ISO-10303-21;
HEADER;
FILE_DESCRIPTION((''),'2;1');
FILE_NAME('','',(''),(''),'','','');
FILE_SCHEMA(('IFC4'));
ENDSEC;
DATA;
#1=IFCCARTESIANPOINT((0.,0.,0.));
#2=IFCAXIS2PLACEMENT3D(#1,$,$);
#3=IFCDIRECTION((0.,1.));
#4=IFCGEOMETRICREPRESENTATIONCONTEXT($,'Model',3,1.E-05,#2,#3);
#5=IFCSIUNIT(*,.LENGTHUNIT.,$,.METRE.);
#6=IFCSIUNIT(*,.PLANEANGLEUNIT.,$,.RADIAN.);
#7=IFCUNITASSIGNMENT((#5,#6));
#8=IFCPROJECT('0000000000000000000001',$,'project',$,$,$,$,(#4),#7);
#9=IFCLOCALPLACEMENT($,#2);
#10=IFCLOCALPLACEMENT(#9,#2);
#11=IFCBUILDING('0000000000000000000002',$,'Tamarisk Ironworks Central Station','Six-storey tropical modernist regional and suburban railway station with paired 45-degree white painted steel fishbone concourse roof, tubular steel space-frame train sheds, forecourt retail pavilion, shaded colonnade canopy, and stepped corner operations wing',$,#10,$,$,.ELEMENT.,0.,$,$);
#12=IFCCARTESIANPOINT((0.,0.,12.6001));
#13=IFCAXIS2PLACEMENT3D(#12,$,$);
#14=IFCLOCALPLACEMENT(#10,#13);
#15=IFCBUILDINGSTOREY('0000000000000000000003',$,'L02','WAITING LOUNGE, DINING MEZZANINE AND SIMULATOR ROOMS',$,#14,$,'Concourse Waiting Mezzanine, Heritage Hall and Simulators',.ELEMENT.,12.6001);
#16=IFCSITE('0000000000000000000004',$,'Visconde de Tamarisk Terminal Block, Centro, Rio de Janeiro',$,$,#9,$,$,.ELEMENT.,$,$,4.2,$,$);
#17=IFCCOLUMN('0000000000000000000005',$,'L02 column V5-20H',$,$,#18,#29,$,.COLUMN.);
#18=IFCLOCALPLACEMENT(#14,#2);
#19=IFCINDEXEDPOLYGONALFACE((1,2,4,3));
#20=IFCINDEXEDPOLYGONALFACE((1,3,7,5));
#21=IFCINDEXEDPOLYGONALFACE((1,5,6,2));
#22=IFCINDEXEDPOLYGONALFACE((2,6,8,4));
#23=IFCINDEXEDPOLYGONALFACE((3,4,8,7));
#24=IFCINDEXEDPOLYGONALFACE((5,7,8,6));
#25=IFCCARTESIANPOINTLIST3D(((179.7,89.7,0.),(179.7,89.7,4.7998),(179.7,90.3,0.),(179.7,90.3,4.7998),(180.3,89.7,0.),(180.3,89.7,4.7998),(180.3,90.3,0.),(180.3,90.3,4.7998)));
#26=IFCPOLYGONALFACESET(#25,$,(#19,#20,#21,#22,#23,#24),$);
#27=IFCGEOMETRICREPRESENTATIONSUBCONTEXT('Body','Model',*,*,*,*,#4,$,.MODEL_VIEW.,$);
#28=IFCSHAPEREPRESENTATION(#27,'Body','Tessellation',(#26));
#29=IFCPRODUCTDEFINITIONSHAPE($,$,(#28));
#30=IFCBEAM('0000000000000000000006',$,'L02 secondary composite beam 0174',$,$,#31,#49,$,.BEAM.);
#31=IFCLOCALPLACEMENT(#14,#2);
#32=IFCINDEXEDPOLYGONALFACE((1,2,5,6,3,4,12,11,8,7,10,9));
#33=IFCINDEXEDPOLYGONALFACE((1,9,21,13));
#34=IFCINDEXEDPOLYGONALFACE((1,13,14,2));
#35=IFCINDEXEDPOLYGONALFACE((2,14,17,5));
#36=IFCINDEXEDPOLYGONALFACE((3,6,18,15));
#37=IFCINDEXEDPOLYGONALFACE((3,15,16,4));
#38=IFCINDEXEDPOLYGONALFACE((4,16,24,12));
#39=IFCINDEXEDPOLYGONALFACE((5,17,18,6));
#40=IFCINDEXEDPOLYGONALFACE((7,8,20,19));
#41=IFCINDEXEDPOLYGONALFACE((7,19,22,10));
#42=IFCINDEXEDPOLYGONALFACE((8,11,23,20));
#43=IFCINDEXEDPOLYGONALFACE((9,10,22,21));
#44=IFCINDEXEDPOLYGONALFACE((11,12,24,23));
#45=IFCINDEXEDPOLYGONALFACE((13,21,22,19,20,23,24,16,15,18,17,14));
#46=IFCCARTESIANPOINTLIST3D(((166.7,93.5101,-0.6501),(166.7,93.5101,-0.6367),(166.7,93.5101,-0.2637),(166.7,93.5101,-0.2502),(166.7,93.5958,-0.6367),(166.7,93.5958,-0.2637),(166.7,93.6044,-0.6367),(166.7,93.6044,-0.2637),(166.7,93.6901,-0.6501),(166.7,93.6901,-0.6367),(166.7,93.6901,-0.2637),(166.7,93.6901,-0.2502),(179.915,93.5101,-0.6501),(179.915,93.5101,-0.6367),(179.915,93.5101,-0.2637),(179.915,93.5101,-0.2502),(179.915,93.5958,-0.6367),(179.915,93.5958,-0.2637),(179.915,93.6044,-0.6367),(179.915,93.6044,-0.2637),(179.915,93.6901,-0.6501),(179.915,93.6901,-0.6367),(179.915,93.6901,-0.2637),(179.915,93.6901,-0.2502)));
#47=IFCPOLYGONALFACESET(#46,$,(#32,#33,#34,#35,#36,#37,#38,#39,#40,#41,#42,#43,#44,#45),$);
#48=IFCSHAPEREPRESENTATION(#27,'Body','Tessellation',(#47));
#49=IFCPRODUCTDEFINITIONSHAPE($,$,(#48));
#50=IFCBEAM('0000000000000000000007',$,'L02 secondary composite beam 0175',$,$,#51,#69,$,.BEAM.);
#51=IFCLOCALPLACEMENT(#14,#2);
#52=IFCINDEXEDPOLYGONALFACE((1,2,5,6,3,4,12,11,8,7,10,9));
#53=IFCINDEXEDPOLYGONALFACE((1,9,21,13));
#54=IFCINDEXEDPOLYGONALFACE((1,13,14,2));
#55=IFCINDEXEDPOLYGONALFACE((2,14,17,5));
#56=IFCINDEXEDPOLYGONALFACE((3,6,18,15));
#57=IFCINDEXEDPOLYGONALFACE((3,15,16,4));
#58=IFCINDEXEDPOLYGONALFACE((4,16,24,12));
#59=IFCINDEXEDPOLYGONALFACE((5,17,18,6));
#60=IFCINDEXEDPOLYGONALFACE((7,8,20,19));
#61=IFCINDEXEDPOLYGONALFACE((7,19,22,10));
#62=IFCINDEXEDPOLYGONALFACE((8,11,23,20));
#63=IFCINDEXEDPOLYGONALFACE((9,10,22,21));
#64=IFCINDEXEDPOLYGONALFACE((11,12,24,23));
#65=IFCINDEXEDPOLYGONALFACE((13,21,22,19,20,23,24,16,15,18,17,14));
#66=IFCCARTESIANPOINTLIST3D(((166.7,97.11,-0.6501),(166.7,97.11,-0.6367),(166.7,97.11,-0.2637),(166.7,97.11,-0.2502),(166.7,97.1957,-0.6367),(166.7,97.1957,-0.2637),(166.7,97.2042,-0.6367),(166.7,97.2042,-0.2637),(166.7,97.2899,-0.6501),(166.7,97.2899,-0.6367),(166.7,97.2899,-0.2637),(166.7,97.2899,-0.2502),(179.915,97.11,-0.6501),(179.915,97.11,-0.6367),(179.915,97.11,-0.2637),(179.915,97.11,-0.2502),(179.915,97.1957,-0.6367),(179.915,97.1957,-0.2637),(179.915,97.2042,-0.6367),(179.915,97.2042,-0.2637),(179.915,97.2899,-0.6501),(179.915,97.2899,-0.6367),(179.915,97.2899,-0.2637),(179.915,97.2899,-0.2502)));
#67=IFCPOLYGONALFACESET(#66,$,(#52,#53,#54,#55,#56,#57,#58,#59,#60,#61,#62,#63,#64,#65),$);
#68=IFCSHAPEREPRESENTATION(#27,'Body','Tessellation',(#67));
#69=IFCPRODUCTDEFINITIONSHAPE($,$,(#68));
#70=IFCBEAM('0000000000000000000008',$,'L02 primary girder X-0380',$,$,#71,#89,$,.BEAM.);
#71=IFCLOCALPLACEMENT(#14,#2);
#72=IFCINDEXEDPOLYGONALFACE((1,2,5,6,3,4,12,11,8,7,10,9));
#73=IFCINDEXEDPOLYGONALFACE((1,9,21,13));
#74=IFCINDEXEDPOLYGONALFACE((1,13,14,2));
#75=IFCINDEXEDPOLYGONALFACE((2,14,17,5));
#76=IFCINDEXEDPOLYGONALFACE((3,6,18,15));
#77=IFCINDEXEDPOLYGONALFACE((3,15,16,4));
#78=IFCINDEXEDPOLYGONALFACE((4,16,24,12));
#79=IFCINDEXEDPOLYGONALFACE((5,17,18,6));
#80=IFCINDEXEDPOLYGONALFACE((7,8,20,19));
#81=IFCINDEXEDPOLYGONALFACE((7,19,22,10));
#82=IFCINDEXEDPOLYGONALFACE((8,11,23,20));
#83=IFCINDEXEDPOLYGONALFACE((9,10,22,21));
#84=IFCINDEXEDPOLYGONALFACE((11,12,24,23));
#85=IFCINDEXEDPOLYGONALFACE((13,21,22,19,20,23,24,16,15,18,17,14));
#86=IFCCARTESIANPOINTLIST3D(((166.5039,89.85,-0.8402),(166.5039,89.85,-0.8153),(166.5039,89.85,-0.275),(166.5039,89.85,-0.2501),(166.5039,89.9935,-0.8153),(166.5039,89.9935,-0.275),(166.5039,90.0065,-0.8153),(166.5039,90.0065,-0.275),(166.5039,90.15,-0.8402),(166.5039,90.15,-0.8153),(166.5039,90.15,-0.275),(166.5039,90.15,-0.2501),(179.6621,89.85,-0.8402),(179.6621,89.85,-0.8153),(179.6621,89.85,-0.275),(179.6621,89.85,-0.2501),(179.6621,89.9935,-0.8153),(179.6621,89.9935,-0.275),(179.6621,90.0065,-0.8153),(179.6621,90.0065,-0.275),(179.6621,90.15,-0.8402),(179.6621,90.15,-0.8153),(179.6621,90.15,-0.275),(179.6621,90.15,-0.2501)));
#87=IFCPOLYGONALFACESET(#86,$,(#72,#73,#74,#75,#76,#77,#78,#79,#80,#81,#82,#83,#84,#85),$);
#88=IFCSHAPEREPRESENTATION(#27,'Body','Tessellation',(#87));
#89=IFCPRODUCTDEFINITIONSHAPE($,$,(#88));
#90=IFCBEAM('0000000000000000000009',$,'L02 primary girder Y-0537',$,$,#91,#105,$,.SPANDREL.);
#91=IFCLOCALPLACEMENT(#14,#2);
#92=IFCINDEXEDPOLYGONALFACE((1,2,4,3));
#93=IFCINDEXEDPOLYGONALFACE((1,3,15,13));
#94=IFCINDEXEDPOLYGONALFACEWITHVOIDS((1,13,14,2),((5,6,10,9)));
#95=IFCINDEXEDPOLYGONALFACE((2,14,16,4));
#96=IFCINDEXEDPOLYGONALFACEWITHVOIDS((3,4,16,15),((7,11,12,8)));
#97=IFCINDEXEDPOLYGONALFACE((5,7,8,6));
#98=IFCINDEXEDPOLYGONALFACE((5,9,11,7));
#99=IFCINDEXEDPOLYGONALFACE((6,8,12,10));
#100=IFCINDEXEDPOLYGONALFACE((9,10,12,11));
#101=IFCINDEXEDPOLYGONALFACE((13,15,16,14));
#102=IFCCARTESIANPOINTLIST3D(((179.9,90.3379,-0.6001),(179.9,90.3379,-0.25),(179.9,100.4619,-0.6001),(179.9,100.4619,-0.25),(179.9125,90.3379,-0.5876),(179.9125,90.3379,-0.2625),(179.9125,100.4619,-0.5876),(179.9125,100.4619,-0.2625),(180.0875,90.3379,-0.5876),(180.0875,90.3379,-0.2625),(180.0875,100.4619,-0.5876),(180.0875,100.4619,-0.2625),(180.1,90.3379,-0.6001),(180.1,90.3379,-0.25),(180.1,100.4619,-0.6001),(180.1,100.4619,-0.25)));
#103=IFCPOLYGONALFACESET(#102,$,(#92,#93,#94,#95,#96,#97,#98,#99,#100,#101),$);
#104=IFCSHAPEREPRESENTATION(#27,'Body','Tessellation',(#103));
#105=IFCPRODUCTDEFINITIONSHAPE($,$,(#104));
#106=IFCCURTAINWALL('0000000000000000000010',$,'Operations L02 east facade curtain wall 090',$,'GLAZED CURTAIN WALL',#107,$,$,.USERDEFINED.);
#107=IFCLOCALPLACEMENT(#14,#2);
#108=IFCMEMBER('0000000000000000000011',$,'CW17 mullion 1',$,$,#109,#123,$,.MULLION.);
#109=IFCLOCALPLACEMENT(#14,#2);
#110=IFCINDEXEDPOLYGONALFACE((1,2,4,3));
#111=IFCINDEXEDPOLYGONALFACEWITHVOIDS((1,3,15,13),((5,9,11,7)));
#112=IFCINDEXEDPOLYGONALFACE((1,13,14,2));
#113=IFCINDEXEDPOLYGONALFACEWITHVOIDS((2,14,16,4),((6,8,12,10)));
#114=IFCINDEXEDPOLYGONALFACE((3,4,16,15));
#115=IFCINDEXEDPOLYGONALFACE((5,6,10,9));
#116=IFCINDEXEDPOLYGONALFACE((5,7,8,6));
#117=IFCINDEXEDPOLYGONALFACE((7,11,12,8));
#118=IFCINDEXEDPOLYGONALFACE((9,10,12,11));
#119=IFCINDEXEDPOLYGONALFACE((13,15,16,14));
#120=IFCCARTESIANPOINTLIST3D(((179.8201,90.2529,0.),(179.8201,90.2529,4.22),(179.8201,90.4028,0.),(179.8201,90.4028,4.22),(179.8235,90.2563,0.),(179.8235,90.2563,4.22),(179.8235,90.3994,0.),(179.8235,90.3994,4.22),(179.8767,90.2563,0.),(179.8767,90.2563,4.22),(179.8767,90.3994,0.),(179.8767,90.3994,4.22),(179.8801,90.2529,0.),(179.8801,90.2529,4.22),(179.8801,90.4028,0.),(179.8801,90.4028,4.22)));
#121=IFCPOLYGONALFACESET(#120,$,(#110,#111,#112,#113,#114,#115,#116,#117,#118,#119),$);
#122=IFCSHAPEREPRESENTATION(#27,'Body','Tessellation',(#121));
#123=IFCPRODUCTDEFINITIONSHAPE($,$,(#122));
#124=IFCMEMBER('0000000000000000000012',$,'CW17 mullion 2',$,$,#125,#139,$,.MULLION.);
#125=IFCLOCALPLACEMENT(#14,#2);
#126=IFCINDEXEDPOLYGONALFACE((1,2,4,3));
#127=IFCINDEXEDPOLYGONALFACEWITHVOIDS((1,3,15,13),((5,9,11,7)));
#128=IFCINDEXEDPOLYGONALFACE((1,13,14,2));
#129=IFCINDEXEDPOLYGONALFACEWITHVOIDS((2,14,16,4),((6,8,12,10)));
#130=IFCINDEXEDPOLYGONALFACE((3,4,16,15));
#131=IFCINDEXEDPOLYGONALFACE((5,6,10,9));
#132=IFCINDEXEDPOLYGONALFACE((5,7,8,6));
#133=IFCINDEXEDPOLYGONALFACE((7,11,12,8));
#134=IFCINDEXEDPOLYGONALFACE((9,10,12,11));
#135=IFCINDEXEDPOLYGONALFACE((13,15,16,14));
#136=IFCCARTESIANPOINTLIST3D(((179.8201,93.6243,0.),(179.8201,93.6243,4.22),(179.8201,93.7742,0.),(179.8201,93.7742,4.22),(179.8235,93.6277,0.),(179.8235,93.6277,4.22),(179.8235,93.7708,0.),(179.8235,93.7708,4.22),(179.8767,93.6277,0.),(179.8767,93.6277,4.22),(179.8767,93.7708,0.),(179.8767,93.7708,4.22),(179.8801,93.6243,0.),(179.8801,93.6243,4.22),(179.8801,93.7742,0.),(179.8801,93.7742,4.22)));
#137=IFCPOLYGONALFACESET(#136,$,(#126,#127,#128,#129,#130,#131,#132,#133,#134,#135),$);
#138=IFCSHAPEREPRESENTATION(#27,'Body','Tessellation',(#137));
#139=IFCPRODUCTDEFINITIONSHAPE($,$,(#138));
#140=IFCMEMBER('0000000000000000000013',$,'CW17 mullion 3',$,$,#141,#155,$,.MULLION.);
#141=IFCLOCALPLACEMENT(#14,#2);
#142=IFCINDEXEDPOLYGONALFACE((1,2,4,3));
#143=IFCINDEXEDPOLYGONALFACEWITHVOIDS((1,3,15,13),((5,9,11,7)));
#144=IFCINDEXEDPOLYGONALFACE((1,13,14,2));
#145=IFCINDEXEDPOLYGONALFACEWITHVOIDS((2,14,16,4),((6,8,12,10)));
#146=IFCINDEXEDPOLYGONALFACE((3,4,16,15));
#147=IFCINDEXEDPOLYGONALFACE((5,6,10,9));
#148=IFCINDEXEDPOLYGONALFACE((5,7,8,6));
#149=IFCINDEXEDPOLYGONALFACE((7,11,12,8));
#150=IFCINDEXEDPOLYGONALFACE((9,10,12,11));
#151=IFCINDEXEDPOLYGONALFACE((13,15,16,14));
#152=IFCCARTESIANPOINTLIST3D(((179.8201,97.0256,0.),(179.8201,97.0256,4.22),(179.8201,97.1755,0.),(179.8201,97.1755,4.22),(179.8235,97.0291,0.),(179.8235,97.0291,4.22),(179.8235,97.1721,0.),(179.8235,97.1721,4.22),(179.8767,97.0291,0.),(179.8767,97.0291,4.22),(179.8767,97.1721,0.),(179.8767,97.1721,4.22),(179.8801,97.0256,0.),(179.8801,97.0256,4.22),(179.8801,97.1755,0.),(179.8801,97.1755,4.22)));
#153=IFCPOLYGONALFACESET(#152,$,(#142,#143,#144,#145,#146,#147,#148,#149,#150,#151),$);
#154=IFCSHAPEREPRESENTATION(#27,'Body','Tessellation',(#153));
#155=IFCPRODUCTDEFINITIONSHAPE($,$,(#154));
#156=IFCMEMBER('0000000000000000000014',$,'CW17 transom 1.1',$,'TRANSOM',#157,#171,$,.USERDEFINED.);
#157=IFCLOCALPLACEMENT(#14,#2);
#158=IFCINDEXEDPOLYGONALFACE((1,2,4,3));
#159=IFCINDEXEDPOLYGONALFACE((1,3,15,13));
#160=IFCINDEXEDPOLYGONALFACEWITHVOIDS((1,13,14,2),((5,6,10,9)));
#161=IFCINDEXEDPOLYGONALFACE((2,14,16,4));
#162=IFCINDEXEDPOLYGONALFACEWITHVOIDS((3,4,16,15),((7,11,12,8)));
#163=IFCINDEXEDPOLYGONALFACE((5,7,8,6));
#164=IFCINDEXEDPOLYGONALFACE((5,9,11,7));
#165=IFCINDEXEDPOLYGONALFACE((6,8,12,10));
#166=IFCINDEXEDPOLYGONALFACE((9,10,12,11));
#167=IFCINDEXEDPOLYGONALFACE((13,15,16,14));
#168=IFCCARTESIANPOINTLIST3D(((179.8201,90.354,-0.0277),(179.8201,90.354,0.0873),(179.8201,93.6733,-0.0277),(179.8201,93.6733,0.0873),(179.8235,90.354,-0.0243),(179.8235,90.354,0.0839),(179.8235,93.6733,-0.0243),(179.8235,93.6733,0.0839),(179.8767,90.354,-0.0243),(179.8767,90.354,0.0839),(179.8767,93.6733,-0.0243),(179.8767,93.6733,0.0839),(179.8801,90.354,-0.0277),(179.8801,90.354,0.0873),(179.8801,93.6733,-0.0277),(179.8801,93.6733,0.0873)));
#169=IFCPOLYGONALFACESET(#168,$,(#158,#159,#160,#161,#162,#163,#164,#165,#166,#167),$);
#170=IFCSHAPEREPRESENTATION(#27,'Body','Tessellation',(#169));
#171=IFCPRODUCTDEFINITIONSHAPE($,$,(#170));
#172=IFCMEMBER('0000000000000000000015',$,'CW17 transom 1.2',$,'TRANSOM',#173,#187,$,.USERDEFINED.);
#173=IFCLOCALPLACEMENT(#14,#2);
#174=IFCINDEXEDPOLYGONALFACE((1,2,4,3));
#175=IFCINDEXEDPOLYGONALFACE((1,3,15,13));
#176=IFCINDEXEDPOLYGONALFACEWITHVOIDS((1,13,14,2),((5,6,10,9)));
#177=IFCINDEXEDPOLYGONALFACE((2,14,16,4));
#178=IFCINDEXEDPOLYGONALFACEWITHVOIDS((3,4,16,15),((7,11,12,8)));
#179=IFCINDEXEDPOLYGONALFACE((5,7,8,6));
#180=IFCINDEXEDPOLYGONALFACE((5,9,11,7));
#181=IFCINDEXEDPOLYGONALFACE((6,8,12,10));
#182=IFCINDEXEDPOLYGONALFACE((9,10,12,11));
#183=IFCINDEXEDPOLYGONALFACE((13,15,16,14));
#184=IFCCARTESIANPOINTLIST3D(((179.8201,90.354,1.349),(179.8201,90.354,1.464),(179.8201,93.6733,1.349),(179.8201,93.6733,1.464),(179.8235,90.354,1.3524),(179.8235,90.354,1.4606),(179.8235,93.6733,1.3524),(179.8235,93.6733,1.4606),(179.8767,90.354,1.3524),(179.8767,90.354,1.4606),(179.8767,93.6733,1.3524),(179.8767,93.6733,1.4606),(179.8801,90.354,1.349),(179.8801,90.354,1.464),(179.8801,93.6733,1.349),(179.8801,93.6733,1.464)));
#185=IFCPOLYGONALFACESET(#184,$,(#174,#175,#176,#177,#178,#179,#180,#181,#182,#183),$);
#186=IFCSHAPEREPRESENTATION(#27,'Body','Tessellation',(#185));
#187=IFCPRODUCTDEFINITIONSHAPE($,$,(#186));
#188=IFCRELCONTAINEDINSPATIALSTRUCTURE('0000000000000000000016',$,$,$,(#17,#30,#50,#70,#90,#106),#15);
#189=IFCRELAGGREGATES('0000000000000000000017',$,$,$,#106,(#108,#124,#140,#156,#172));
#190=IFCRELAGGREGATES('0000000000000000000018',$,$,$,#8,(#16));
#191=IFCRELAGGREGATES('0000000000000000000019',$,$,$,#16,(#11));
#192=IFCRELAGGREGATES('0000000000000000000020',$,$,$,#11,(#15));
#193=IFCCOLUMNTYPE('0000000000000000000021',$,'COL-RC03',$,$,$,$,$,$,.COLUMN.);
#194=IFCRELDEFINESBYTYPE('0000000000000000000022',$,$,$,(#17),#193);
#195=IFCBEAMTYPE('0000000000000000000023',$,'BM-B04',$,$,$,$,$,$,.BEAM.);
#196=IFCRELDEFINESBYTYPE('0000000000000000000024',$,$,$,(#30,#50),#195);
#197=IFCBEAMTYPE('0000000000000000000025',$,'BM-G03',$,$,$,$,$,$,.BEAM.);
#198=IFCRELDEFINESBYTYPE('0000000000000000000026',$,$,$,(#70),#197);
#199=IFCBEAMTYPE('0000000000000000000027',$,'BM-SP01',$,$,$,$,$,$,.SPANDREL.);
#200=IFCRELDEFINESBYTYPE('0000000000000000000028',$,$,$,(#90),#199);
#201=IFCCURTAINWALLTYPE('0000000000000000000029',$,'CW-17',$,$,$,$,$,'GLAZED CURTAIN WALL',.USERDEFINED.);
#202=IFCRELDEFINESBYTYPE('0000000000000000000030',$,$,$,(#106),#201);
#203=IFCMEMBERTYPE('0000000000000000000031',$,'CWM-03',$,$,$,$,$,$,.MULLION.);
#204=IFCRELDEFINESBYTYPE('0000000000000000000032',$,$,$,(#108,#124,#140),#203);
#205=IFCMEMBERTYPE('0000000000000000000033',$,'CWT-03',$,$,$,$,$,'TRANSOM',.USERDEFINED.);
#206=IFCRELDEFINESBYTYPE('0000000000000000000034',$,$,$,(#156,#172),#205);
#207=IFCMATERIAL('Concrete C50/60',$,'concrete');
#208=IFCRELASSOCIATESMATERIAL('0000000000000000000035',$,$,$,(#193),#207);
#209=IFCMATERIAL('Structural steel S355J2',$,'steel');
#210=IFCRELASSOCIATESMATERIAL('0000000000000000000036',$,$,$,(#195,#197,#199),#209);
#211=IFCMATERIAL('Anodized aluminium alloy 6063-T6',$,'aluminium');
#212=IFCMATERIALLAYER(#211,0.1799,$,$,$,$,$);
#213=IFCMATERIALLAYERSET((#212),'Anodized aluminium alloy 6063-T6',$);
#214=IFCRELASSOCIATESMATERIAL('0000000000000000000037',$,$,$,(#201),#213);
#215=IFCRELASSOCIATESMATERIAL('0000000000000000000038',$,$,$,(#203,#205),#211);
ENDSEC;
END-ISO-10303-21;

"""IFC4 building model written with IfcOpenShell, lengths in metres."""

from ifc_helpers import new_model, si_unit, direction, frame, origin, origin_2d, place, context, subcontext, project, spatial, rectangle, hollow_rectangle, i_section, extrude, material, layer, layer_set, material_profile, profile_set, type_object, element, aggregate, save


model = new_model("IFC4")

# Units and contexts
model_context = context("Model", 3, precision=1e-05, world=origin(), true_north=direction((0.0, 1.0)))
body_context = subcontext(model_context, "Body", "Model", "MODEL_VIEW")
ifc_project = project(units=[si_unit("LENGTHUNIT", "METRE"), si_unit("PLANEANGLEUNIT", "RADIAN")], contexts=[model_context])

# Site, building, storey
site_placement = place(None, origin())
site = spatial("IfcSite", under=ifc_project, at=site_placement, Name="Visconde de Tamarisk Terminal Block, Centro, Rio de Janeiro", CompositionType="ELEMENT", RefElevation=4.2)
building_placement = place(site_placement, origin())
building = spatial("IfcBuilding", under=site, at=building_placement, Name="Tamarisk Ironworks Central Station", Description="Six-storey tropical modernist regional and suburban railway station with paired 45-degree white painted steel fishbone concourse roof, tubular steel space-frame train sheds, forecourt retail pavilion, shaded colonnade canopy, and stepped corner operations wing", CompositionType="ELEMENT", ElevationOfRefHeight=0.0)
storey_placement = place(building_placement, frame((0.0, 0.0, 12.6001)))
storey = spatial("IfcBuildingStorey", under=building, at=storey_placement, Name="L02", Description="WAITING LOUNGE, DINING MEZZANINE AND SIMULATOR ROOMS", LongName="Concourse Waiting Mezzanine, Heritage Hall and Simulators", CompositionType="ELEMENT", Elevation=12.6001)

# Column
ifc_material_1 = material(Name="Concrete C50/60", Category="concrete")
ifc_material_profile_1 = material_profile(ifc_material_1, rectangle(XDim=0.6001, YDim=0.6001, at=origin_2d()), Name="RC 600x600")
ifc_profile_set_1 = profile_set([ifc_material_profile_1], Name="Concrete C50/60")
column_type = type_object("IfcColumnType", Name="COL-RC03", PredefinedType="COLUMN", material=ifc_profile_set_1)
column_placement = place(storey_placement, frame((180.0, 90.0, 0.0), z_axis=(0.0, 0.0, 1.0), x_axis=(1.0, 0.0, 0.0)))
element("IfcColumn", 1, at=column_placement, inside=storey, type_object=column_type, Name="L02 column V5-20H", PredefinedType="COLUMN", context=body_context, shape_type="SweptSolid", body=[
    extrude(rectangle(XDim=0.6001, YDim=0.6001, at=origin_2d()), origin(), (0.0, 0.0, 1.0), 4.7998),
])

# Beams
ifc_material_2 = material(Name="Structural steel S355J2", Category="steel")
ifc_material_profile_2 = material_profile(ifc_material_2, i_section(OverallWidth=0.1799, OverallDepth=0.3999, WebThickness=0.0085, FlangeThickness=0.0134, at=origin_2d()), Name="IPE 400")
ifc_profile_set_2 = profile_set([ifc_material_profile_2], Name="Structural steel S355J2")
beam_type_1 = type_object("IfcBeamType", Name="BM-B04", PredefinedType="BEAM", material=ifc_profile_set_2)
for number, where, z_axis, x_axis, name in (
    (2, (166.7, 93.6001, -0.4502), (1.0, 0.0, 0.0), (0.0, 1.0, 0.0), "L02 secondary composite beam 0174"),
    (3, (166.7, 97.2, -0.4502), (1.0, 0.0, 0.0), (0.0, 1.0, 0.0), "L02 secondary composite beam 0175"),
):
    element("IfcBeam", number, at=place(storey_placement, frame(where, z_axis=z_axis, x_axis=x_axis)), inside=storey, type_object=beam_type_1, Name=name, PredefinedType="BEAM", context=body_context, shape_type="SweptSolid", body=[
        extrude(i_section(OverallWidth=0.1799, OverallDepth=0.3999, WebThickness=0.0085, FlangeThickness=0.0134, at=origin_2d()), origin(), (0.0, 0.0, 1.0), 13.2151),
    ])
ifc_material_profile_3 = material_profile(ifc_material_2, i_section(OverallWidth=0.3, OverallDepth=0.5901, WebThickness=0.0129, FlangeThickness=0.0249, at=origin_2d()), Name="HEA 600")
ifc_profile_set_3 = profile_set([ifc_material_profile_3], Name="Structural steel S355J2")
beam_type_2 = type_object("IfcBeamType", Name="BM-G03", PredefinedType="BEAM", material=ifc_profile_set_3)
beam_1_placement = place(storey_placement, frame((166.5039, 90.0, -0.5452), z_axis=(1.0, 0.0, 0.0), x_axis=(0.0, 1.0, 0.0)))
element("IfcBeam", 4, at=beam_1_placement, inside=storey, type_object=beam_type_2, Name="L02 primary girder X-0380", PredefinedType="BEAM", context=body_context, shape_type="SweptSolid", body=[
    extrude(i_section(OverallWidth=0.3, OverallDepth=0.5901, WebThickness=0.0129, FlangeThickness=0.0249, at=origin_2d()), origin(), (0.0, 0.0, 1.0), 13.1582),
])
ifc_material_profile_4 = material_profile(ifc_material_2, hollow_rectangle(XDim=0.2, YDim=0.3501, WallThickness=0.0125, at=origin_2d()), Name="RHS 350x200x12.5")
ifc_profile_set_4 = profile_set([ifc_material_profile_4], Name="Structural steel S355J2")
beam_type_3 = type_object("IfcBeamType", Name="BM-SP01", PredefinedType="SPANDREL", material=ifc_profile_set_4)
beam_2_placement = place(storey_placement, frame((180.0, 90.3379, -0.425), z_axis=(0.0, 1.0, 0.0), x_axis=(-1.0, 0.0, 0.0)))
element("IfcBeam", 5, at=beam_2_placement, inside=storey, type_object=beam_type_3, Name="L02 primary girder Y-0537", PredefinedType="SPANDREL", context=body_context, shape_type="SweptSolid", body=[
    extrude(hollow_rectangle(XDim=0.2, YDim=0.3501, WallThickness=0.0125, at=origin_2d()), origin(), (0.0, 0.0, 1.0), 10.124),
])

# Curtain wall, members
ifc_material_3 = material(Name="Anodized aluminium alloy 6063-T6", Category="aluminium")
ifc_layer_1 = layer(ifc_material_3, 0.1799)
ifc_layer_set_1 = layer_set([ifc_layer_1], Name="Anodized aluminium alloy 6063-T6")
curtain_wall_type = type_object("IfcCurtainWallType", Name="CW-17", ElementType="GLAZED CURTAIN WALL", PredefinedType="USERDEFINED", material=ifc_layer_set_1)
curtain_wall_placement = place(storey_placement, origin())
curtain_wall = element("IfcCurtainWall", 6, at=curtain_wall_placement, inside=storey, type_object=curtain_wall_type, Name="Operations L02 east facade curtain wall 090", ObjectType="GLAZED CURTAIN WALL", PredefinedType="USERDEFINED")
ifc_material_profile_5 = material_profile(ifc_material_3, hollow_rectangle(XDim=0.0601, YDim=0.1499, WallThickness=0.0034, at=origin_2d()), Name="ALUM 150x60")
ifc_profile_set_5 = profile_set([ifc_material_profile_5], Name="Anodized aluminium alloy 6063-T6")
member_type_1 = type_object("IfcMemberType", Name="CWM-03", PredefinedType="MULLION", material=ifc_profile_set_5)
member_1_placement = place(storey_placement, frame((179.8501, 90.3279, 0.0), z_axis=(0.0, 0.0, 1.0), x_axis=(-1.0, 0.0, 0.0)))
member_1 = element("IfcMember", 7, at=member_1_placement, type_object=member_type_1, Name="CW17 mullion 1", PredefinedType="MULLION", context=body_context, shape_type="SweptSolid", body=[
    extrude(hollow_rectangle(XDim=0.0601, YDim=0.1499, WallThickness=0.0034, at=origin_2d()), origin(), (0.0, 0.0, 1.0), 4.22),
])
member_2_placement = place(storey_placement, frame((179.8501, 93.6992, 0.0), z_axis=(0.0, 0.0, 1.0), x_axis=(-1.0, 0.0, 0.0)))
member_2 = element("IfcMember", 8, at=member_2_placement, type_object=member_type_1, Name="CW17 mullion 2", PredefinedType="MULLION", context=body_context, shape_type="SweptSolid", body=[
    extrude(hollow_rectangle(XDim=0.0601, YDim=0.1499, WallThickness=0.0034, at=origin_2d()), origin(), (0.0, 0.0, 1.0), 4.22),
])
member_3_placement = place(storey_placement, frame((179.8501, 97.1006, 0.0), z_axis=(0.0, 0.0, 1.0), x_axis=(-1.0, 0.0, 0.0)))
member_3 = element("IfcMember", 9, at=member_3_placement, type_object=member_type_1, Name="CW17 mullion 3", PredefinedType="MULLION", context=body_context, shape_type="SweptSolid", body=[
    extrude(hollow_rectangle(XDim=0.0601, YDim=0.1499, WallThickness=0.0034, at=origin_2d()), origin(), (0.0, 0.0, 1.0), 4.22),
])
ifc_material_profile_6 = material_profile(ifc_material_3, hollow_rectangle(XDim=0.0601, YDim=0.115, WallThickness=0.0034, at=origin_2d()), Name="ALUM 115x60")
ifc_profile_set_6 = profile_set([ifc_material_profile_6], Name="Anodized aluminium alloy 6063-T6")
member_type_2 = type_object("IfcMemberType", Name="CWT-03", ElementType="TRANSOM", PredefinedType="USERDEFINED", material=ifc_profile_set_6)
member_4_placement = place(storey_placement, frame((179.8501, 90.354, 0.0298), z_axis=(0.0, 1.0, 0.0), x_axis=(-1.0, 0.0, 0.0)))
member_4 = element("IfcMember", 10, at=member_4_placement, type_object=member_type_2, Name="CW17 transom 1.1", ObjectType="TRANSOM", PredefinedType="USERDEFINED", context=body_context, shape_type="SweptSolid", body=[
    extrude(hollow_rectangle(XDim=0.0601, YDim=0.115, WallThickness=0.0034, at=origin_2d()), origin(), (0.0, 0.0, 1.0), 3.3193),
])
member_5_placement = place(storey_placement, frame((179.8501, 90.354, 1.4065), z_axis=(0.0, 1.0, 0.0), x_axis=(-1.0, 0.0, 0.0)))
member_5 = element("IfcMember", 11, at=member_5_placement, type_object=member_type_2, Name="CW17 transom 1.2", ObjectType="TRANSOM", PredefinedType="USERDEFINED", context=body_context, shape_type="SweptSolid", body=[
    extrude(hollow_rectangle(XDim=0.0601, YDim=0.115, WallThickness=0.0034, at=origin_2d()), origin(), (0.0, 0.0, 1.0), 3.3193),
])
aggregate(curtain_wall, [member_1, member_2, member_3, member_4, member_5])

save(model, "model.ifc")
